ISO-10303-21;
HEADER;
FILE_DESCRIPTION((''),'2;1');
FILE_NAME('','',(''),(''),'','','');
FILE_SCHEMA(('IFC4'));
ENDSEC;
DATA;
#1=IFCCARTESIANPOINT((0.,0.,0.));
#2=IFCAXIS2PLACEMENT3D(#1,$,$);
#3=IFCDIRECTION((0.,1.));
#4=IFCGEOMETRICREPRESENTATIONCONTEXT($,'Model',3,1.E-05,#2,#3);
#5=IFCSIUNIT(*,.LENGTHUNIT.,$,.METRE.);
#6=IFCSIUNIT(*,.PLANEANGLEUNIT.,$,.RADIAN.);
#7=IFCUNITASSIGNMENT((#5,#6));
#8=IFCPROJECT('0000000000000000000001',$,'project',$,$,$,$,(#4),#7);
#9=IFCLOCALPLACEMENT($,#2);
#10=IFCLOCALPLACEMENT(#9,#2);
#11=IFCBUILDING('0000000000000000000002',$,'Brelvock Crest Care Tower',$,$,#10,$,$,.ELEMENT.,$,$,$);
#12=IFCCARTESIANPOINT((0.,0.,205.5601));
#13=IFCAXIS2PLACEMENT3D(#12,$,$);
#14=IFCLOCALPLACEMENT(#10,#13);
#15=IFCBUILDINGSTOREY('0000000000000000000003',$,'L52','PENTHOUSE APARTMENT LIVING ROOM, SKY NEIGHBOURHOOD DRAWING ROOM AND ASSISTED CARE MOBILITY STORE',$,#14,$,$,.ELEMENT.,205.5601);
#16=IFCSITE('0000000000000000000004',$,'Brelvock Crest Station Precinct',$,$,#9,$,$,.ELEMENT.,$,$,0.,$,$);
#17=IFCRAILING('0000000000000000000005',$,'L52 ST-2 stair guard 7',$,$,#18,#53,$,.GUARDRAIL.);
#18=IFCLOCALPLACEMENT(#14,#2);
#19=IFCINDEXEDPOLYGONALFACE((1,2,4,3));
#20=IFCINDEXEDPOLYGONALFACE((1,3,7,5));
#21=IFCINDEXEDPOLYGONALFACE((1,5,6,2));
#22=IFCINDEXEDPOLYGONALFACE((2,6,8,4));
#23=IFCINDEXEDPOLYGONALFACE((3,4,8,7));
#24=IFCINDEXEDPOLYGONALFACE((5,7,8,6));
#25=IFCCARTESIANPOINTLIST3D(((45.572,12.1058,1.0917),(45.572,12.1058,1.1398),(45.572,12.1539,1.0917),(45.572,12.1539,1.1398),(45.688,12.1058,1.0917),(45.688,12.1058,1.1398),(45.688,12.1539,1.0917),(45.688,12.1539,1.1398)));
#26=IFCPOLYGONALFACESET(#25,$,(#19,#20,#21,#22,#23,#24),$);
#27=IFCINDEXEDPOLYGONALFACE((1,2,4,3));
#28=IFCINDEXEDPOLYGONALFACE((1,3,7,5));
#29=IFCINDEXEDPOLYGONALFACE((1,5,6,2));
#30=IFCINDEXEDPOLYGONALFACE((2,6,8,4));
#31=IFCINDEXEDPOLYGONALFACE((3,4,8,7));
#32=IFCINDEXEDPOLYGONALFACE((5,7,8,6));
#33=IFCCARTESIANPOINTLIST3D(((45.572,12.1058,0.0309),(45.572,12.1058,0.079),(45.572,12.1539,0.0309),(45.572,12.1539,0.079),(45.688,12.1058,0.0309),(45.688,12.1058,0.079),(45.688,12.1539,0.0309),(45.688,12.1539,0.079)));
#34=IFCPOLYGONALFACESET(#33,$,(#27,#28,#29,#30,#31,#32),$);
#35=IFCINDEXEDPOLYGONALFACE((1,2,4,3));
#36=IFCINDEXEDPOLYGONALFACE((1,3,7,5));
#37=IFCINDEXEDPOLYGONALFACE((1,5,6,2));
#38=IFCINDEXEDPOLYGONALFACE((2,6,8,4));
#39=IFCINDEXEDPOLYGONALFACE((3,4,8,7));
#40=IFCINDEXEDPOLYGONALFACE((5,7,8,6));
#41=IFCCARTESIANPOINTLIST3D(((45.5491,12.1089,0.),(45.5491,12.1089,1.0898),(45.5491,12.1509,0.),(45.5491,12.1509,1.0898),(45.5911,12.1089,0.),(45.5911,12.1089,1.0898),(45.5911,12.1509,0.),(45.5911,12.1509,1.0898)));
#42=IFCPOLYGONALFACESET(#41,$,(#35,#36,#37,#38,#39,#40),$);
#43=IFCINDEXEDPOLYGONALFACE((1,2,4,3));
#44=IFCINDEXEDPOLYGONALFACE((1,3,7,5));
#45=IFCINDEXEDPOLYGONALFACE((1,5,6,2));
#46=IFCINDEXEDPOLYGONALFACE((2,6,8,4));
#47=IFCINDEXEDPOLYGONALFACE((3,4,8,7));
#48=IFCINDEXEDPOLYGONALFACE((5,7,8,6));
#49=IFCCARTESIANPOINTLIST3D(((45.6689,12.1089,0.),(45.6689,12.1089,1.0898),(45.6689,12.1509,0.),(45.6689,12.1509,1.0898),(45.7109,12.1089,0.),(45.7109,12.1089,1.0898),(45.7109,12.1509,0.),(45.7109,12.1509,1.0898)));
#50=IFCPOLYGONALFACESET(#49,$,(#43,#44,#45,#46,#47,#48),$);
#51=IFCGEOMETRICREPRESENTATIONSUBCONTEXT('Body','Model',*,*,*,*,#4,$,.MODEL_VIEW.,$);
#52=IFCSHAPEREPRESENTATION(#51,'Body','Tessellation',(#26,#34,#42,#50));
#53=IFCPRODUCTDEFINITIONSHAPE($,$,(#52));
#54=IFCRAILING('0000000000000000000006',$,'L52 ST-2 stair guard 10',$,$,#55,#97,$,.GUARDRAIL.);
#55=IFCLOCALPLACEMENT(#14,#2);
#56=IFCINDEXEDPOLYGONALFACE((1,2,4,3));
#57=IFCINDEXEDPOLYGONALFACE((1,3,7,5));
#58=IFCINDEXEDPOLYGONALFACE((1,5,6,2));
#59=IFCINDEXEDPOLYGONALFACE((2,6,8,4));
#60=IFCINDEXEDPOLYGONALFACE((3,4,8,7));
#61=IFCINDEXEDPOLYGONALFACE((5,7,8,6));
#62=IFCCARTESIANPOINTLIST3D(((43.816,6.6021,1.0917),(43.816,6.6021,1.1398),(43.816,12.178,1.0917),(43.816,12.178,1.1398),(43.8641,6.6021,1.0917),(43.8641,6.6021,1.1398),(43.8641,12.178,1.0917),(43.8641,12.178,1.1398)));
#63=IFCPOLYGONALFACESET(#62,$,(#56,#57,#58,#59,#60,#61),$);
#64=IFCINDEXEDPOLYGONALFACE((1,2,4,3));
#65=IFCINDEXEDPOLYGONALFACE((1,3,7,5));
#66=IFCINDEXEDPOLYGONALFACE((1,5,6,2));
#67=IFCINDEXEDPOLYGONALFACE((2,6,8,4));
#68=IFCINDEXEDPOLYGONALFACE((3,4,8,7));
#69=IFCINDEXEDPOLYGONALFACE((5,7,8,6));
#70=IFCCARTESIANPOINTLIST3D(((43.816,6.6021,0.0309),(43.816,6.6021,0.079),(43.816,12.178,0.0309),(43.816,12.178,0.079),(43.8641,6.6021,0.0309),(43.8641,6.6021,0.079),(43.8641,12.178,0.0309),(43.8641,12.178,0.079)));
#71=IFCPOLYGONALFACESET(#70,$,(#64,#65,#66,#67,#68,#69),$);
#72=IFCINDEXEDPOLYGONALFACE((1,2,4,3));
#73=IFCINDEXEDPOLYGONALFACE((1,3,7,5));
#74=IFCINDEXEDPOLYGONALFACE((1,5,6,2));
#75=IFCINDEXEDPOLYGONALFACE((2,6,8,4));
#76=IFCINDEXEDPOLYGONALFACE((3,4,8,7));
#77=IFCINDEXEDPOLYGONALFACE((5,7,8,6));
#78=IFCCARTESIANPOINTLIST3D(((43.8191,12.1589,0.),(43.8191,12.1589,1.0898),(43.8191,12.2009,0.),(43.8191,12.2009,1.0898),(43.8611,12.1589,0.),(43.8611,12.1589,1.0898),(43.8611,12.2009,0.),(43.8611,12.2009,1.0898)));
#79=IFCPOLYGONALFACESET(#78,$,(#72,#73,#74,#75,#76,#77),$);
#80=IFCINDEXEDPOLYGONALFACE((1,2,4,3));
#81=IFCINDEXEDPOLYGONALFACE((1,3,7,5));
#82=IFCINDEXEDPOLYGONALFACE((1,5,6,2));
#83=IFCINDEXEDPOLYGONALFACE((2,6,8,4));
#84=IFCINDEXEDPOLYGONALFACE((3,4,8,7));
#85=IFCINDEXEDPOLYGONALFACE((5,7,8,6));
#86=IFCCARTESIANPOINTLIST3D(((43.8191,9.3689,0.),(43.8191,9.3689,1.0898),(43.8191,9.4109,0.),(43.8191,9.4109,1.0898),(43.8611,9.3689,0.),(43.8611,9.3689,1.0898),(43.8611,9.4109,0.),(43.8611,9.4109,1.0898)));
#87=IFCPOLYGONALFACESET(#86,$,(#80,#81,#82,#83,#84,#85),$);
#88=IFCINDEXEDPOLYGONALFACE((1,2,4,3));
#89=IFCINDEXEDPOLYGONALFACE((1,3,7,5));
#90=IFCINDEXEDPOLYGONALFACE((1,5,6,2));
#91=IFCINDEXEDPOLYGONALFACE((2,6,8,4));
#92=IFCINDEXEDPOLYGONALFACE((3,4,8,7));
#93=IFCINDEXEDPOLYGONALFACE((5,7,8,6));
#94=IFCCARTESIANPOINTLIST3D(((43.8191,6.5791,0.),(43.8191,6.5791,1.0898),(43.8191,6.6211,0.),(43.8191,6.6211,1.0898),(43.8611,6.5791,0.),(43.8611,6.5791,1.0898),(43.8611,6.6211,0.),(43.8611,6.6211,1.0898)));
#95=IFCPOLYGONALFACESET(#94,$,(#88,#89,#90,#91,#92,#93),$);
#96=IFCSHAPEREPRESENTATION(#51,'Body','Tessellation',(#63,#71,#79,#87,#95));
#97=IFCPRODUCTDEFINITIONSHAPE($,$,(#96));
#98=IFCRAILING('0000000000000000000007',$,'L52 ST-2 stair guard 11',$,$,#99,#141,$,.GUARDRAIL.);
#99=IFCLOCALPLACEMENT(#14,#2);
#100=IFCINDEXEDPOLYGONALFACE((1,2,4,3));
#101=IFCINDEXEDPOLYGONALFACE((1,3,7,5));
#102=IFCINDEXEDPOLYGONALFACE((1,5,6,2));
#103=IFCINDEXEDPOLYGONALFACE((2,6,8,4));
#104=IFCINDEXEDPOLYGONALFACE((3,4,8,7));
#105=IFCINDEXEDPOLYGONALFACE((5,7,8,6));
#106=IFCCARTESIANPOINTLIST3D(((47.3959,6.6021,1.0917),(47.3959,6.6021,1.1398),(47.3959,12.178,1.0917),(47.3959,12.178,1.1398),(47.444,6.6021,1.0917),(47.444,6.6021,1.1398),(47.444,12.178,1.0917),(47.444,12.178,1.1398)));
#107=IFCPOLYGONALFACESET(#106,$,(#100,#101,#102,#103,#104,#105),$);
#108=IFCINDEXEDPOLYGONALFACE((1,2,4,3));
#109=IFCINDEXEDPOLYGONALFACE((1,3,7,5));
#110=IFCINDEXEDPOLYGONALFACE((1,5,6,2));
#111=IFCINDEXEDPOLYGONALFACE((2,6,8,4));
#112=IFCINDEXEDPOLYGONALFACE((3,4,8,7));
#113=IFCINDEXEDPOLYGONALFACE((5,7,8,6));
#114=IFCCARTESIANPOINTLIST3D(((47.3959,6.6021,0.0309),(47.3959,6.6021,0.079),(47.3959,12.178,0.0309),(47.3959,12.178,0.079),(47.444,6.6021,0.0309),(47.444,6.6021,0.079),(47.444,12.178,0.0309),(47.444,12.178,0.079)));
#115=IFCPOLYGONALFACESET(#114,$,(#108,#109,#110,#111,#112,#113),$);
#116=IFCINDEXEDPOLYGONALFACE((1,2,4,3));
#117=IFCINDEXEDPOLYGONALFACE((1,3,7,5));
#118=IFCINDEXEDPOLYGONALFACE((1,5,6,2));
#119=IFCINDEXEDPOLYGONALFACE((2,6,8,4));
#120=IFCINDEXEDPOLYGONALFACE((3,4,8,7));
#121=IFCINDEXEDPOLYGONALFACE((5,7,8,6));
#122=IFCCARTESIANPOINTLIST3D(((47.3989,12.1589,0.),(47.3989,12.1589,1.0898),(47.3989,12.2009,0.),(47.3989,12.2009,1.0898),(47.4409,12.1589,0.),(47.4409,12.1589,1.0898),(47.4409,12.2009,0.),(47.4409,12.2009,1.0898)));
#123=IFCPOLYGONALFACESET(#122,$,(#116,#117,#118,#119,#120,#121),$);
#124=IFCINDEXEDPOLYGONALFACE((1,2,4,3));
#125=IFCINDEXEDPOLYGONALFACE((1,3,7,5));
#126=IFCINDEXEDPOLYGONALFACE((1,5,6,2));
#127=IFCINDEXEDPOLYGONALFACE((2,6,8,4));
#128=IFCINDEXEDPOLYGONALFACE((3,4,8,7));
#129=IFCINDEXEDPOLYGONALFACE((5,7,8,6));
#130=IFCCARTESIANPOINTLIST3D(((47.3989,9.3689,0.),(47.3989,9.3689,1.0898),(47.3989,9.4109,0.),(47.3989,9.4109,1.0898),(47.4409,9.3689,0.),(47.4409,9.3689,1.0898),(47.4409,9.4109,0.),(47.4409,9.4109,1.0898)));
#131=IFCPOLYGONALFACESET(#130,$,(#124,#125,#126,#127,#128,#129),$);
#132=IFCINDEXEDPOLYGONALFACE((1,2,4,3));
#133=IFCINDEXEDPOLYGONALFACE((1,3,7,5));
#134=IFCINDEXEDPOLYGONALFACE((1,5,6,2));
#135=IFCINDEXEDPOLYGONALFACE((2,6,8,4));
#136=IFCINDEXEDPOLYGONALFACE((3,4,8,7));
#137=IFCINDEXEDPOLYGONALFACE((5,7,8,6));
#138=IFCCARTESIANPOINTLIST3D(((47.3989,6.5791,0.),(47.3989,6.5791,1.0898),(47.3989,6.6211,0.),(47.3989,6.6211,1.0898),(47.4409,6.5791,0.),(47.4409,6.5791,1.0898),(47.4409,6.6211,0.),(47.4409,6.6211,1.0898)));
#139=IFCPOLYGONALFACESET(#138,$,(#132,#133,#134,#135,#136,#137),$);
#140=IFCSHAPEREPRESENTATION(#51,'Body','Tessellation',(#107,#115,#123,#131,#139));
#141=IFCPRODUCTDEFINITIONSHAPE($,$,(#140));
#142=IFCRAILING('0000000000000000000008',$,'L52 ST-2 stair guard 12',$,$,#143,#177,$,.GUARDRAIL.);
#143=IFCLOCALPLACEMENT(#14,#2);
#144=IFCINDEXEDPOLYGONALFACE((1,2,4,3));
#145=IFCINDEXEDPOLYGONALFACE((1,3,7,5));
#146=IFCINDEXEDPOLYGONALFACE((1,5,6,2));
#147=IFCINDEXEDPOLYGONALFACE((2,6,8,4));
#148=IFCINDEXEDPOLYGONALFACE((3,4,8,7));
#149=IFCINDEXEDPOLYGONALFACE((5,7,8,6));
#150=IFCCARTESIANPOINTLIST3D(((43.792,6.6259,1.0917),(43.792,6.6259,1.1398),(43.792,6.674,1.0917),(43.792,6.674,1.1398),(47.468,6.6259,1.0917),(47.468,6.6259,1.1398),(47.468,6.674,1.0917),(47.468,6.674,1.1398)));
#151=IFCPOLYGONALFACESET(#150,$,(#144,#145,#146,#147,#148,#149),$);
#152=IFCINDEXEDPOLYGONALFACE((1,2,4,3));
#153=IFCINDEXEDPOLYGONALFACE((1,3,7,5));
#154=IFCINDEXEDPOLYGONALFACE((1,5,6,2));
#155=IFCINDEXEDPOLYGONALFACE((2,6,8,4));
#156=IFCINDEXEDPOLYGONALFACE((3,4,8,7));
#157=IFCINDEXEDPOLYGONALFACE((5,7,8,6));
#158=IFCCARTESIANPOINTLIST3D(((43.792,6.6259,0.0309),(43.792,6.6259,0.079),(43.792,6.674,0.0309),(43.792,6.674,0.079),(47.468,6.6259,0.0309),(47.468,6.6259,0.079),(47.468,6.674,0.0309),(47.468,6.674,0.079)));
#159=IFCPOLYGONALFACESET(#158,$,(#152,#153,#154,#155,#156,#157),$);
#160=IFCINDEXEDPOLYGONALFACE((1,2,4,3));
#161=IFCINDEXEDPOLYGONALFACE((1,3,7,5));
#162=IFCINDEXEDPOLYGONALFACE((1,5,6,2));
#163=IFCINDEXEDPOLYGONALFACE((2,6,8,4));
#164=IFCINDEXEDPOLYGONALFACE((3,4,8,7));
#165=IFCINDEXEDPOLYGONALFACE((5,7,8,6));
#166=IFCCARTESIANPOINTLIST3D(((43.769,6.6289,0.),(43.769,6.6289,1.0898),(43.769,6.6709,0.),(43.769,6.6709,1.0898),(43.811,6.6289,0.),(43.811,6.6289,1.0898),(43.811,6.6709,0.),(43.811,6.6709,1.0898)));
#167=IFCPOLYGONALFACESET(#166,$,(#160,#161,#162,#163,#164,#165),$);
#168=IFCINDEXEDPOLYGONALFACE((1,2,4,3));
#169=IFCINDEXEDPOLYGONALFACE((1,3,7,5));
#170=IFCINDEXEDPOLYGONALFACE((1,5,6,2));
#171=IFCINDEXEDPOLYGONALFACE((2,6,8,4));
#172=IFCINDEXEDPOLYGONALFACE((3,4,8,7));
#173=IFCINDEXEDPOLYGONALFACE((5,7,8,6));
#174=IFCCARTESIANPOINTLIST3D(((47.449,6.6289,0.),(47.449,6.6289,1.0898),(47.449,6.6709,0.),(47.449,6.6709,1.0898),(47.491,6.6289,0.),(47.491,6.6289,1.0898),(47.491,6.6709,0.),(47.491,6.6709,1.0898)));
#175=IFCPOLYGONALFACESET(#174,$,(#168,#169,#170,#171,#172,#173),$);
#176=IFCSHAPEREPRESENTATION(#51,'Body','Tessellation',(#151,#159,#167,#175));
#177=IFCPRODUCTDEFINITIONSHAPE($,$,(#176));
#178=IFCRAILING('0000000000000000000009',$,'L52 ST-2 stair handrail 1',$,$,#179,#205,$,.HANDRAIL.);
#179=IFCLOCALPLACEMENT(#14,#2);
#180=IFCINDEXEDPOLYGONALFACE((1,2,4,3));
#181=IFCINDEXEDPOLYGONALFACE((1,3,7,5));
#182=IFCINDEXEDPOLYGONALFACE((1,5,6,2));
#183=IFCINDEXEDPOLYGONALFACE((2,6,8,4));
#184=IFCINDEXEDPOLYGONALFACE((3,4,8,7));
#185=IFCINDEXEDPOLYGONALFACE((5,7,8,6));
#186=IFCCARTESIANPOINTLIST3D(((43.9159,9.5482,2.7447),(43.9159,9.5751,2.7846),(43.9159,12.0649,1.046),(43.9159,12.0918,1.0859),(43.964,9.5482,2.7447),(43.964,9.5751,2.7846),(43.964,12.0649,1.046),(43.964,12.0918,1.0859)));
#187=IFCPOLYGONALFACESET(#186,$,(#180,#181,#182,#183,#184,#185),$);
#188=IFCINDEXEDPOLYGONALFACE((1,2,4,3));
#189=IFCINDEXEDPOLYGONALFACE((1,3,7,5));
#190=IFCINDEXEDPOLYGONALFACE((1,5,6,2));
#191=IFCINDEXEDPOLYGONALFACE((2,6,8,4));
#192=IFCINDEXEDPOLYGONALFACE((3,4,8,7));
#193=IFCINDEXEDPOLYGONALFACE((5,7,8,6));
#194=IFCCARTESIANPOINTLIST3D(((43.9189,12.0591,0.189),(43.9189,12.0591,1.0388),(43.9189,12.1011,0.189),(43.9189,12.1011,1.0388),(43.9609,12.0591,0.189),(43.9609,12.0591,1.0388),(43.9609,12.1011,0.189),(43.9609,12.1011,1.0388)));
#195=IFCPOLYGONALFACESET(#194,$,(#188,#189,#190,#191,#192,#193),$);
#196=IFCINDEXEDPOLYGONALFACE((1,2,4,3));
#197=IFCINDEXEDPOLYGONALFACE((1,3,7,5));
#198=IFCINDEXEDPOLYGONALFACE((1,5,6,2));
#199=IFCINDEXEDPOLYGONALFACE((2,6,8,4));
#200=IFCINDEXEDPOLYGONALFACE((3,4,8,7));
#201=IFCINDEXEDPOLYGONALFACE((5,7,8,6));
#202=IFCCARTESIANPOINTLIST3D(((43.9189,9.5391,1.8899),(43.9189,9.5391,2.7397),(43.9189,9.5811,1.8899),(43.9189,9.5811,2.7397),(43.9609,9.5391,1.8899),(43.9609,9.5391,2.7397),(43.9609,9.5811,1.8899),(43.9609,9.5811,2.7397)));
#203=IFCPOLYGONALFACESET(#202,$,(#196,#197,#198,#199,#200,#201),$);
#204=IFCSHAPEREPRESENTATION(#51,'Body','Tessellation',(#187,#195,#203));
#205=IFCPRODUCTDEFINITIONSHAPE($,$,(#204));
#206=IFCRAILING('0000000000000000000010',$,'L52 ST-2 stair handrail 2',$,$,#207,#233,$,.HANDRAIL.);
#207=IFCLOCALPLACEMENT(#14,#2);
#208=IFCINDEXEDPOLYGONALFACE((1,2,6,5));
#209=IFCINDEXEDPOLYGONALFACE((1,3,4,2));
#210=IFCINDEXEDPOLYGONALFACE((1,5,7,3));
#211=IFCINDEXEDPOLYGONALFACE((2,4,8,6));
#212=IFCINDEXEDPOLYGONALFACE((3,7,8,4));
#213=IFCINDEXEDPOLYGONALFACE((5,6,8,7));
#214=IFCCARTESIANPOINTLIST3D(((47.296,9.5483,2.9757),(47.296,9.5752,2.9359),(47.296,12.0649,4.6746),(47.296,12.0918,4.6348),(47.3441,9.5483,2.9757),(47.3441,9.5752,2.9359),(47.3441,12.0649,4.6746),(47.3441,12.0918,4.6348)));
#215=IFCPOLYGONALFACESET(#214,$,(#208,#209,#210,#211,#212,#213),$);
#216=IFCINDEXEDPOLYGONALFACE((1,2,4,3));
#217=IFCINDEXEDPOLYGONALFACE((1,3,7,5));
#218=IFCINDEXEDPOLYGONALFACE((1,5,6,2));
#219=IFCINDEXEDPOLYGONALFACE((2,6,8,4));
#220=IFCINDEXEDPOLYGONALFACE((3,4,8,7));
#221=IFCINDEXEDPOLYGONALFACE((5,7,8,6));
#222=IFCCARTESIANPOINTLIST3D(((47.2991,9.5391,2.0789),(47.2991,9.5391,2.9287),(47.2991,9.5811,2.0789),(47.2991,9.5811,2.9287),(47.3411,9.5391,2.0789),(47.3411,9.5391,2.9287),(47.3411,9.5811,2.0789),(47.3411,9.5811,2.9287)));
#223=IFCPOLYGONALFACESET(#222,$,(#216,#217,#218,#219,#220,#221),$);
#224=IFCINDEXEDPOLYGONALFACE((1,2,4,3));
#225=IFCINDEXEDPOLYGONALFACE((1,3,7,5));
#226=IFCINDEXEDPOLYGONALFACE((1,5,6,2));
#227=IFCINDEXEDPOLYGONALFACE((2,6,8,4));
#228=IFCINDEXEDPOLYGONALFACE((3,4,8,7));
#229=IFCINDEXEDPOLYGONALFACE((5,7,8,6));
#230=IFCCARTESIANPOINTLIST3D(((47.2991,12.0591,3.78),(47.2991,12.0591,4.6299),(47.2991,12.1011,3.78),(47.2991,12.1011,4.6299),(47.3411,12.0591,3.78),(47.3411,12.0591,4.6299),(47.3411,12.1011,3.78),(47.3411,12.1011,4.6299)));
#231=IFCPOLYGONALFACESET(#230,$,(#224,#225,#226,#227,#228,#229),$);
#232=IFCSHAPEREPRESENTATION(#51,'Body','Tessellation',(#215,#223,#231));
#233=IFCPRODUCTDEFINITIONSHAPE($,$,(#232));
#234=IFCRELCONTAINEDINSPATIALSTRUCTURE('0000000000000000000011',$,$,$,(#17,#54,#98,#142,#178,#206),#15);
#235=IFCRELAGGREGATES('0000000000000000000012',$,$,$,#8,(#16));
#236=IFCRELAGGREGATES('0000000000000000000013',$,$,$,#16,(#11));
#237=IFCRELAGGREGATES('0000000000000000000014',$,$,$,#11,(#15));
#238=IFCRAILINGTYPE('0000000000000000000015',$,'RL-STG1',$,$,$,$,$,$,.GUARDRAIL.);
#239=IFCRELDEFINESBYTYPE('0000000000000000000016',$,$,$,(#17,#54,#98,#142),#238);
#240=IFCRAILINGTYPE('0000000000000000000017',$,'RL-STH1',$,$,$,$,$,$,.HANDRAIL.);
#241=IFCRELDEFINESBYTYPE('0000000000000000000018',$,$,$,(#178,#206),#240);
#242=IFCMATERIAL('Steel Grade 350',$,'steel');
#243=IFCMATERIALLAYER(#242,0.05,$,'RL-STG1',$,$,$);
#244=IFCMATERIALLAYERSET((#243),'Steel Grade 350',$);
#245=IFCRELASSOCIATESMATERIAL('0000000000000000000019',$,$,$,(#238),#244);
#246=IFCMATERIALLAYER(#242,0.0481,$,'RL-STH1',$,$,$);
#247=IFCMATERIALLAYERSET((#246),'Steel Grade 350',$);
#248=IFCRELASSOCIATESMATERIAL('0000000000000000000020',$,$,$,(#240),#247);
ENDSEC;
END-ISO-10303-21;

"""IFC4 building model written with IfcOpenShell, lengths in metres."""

from ifc_helpers import new_model, si_unit, direction, frame, origin, origin_2d, place, context, subcontext, project, spatial, rectangle, extrude, material, layer, layer_set, type_object, element, save


model = new_model("IFC4")

# Units and contexts
model_context = context("Model", 3, precision=1e-05, world=origin(), true_north=direction((0.0, 1.0)))
body_context = subcontext(model_context, "Body", "Model", "MODEL_VIEW")
ifc_project = project(units=[si_unit("LENGTHUNIT", "METRE"), si_unit("PLANEANGLEUNIT", "RADIAN")], contexts=[model_context])

# Site, building, storey
site_placement = place(None, origin())
site = spatial("IfcSite", under=ifc_project, at=site_placement, Name="Brelvock Crest Station Precinct", CompositionType="ELEMENT", RefElevation=0.0)
building_placement = place(site_placement, origin())
building = spatial("IfcBuilding", under=site, at=building_placement, Name="Brelvock Crest Care Tower", CompositionType="ELEMENT")
storey_placement = place(building_placement, frame((0.0, 0.0, 205.5601)))
storey = spatial("IfcBuildingStorey", under=building, at=storey_placement, Name="L52", Description="PENTHOUSE APARTMENT LIVING ROOM, SKY NEIGHBOURHOOD DRAWING ROOM AND ASSISTED CARE MOBILITY STORE", CompositionType="ELEMENT", Elevation=205.5601)

# Shared definitions
ifc_material_1 = material(Name="Steel Grade 350", Category="steel")

# Railings
ifc_layer_1 = layer(ifc_material_1, 0.05, Name="RL-STG1")
ifc_layer_set_1 = layer_set([ifc_layer_1], Name="Steel Grade 350")
railing_type_1 = type_object("IfcRailingType", Name="RL-STG1", PredefinedType="GUARDRAIL", material=ifc_layer_set_1)
railing_1_placement = place(storey_placement, frame((45.5701, 12.1299, 0.0)))
element("IfcRailing", 1, at=railing_1_placement, inside=storey, type_object=railing_type_1, Name="L52 ST-2 stair guard 7", PredefinedType="GUARDRAIL", context=body_context, shape_type="SweptSolid", body=[
    extrude(rectangle(XDim=0.0481, YDim=0.0481, at=origin_2d()), frame((0.002, 0.0, 1.1157), z_axis=(1.0, 0.0, 0.0), x_axis=(0.0, 1.0, 0.0)), (0.0, 0.0, 1.0), 0.116),
    extrude(rectangle(XDim=0.0481, YDim=0.0481, at=origin_2d()), frame((0.002, 0.0, 0.0549), z_axis=(1.0, 0.0, 0.0), x_axis=(0.0, 1.0, 0.0)), (0.0, 0.0, 1.0), 0.116),
    extrude(rectangle(XDim=0.042, YDim=0.042, at=origin_2d()), origin(), (0.0, 0.0, 1.0), 1.0898),
    extrude(rectangle(XDim=0.042, YDim=0.042, at=origin_2d()), frame((0.1199, 0.0, 0.0)), (0.0, 0.0, 1.0), 1.0898),
])
for number, where, name in (
    (2, (43.8401, 12.1799, 0.0), "L52 ST-2 stair guard 10"),
    (3, (47.4199, 12.1799, 0.0), "L52 ST-2 stair guard 11"),
):
    element("IfcRailing", number, at=place(storey_placement, frame(where)), inside=storey, type_object=railing_type_1, Name=name, PredefinedType="GUARDRAIL", context=body_context, shape_type="SweptSolid", body=[
        extrude(rectangle(XDim=0.0481, YDim=0.0481, at=origin_2d()), frame((0.0, -0.002, 1.1157), z_axis=(0.0, -1.0, 0.0), x_axis=(1.0, 0.0, 0.0)), (0.0, 0.0, 1.0), 5.5759),
        extrude(rectangle(XDim=0.0481, YDim=0.0481, at=origin_2d()), frame((0.0, -0.002, 0.0549), z_axis=(0.0, -1.0, 0.0), x_axis=(1.0, 0.0, 0.0)), (0.0, 0.0, 1.0), 5.5759),
        extrude(rectangle(XDim=0.042, YDim=0.042, at=origin_2d()), origin(), (0.0, 0.0, 1.0), 1.0898),
        extrude(rectangle(XDim=0.042, YDim=0.042, at=origin_2d()), frame((0.0, -2.79, 0.0)), (0.0, 0.0, 1.0), 1.0898),
        extrude(rectangle(XDim=0.042, YDim=0.042, at=origin_2d()), frame((0.0, -5.5798, 0.0)), (0.0, 0.0, 1.0), 1.0898),
    ])
railing_2_placement = place(storey_placement, frame((43.79, 6.6499, 0.0)))
element("IfcRailing", 4, at=railing_2_placement, inside=storey, type_object=railing_type_1, Name="L52 ST-2 stair guard 12", PredefinedType="GUARDRAIL", context=body_context, shape_type="SweptSolid", body=[
    extrude(rectangle(XDim=0.0481, YDim=0.0481, at=origin_2d()), frame((0.002, 0.0, 1.1157), z_axis=(1.0, 0.0, 0.0), x_axis=(0.0, 1.0, 0.0)), (0.0, 0.0, 1.0), 3.676),
    extrude(rectangle(XDim=0.0481, YDim=0.0481, at=origin_2d()), frame((0.002, 0.0, 0.0549), z_axis=(1.0, 0.0, 0.0), x_axis=(0.0, 1.0, 0.0)), (0.0, 0.0, 1.0), 3.676),
    extrude(rectangle(XDim=0.042, YDim=0.042, at=origin_2d()), origin(), (0.0, 0.0, 1.0), 1.0898),
    extrude(rectangle(XDim=0.042, YDim=0.042, at=origin_2d()), frame((3.6799, 0.0, 0.0)), (0.0, 0.0, 1.0), 1.0898),
])
ifc_layer_2 = layer(ifc_material_1, 0.0481, Name="RL-STH1")
ifc_layer_set_2 = layer_set([ifc_layer_2], Name="Steel Grade 350")
railing_type_2 = type_object("IfcRailingType", Name="RL-STH1", PredefinedType="HANDRAIL", material=ifc_layer_set_2)
railing_3_placement = place(storey_placement, frame((43.9399, 12.0801, 0.189)))
element("IfcRailing", 5, at=railing_3_placement, inside=storey, type_object=railing_type_2, Name="L52 ST-2 stair handrail 1", PredefinedType="HANDRAIL", context=body_context, shape_type="SweptSolid", body=[
    extrude(rectangle(XDim=0.0481, YDim=0.0481, at=origin_2d()), frame((0.0, -0.0017, 0.877), z_axis=(0.0, -0.828862, 0.559454), x_axis=(1.0, 0.0, 0.0)), (0.0, 0.0, 1.0), 3.0364),
    extrude(rectangle(XDim=0.042, YDim=0.042, at=origin_2d()), origin(), (0.0, 0.0, 1.0), 0.8499),
    extrude(rectangle(XDim=0.042, YDim=0.042, at=origin_2d()), frame((0.0, -2.52, 1.7009)), (0.0, 0.0, 1.0), 0.8499),
])
railing_4_placement = place(storey_placement, frame((47.3201, 9.5601, 2.0789)))
element("IfcRailing", 6, at=railing_4_placement, inside=storey, type_object=railing_type_2, Name="L52 ST-2 stair handrail 2", PredefinedType="HANDRAIL", context=body_context, shape_type="SweptSolid", body=[
    extrude(rectangle(XDim=0.0481, YDim=0.0481, at=origin_2d()), frame((0.0, 0.0017, 0.877), z_axis=(0.0, 0.828824, 0.559509), x_axis=(-1.0, 0.0, 0.0)), (0.0, 0.0, 1.0), 3.0364),
    extrude(rectangle(XDim=0.042, YDim=0.042, at=origin_2d()), origin(), (0.0, 0.0, 1.0), 0.8499),
    extrude(rectangle(XDim=0.042, YDim=0.042, at=origin_2d()), frame((0.0, 2.52, 1.7012)), (0.0, 0.0, 1.0), 0.8499),
])

save(model, "model.ifc")
